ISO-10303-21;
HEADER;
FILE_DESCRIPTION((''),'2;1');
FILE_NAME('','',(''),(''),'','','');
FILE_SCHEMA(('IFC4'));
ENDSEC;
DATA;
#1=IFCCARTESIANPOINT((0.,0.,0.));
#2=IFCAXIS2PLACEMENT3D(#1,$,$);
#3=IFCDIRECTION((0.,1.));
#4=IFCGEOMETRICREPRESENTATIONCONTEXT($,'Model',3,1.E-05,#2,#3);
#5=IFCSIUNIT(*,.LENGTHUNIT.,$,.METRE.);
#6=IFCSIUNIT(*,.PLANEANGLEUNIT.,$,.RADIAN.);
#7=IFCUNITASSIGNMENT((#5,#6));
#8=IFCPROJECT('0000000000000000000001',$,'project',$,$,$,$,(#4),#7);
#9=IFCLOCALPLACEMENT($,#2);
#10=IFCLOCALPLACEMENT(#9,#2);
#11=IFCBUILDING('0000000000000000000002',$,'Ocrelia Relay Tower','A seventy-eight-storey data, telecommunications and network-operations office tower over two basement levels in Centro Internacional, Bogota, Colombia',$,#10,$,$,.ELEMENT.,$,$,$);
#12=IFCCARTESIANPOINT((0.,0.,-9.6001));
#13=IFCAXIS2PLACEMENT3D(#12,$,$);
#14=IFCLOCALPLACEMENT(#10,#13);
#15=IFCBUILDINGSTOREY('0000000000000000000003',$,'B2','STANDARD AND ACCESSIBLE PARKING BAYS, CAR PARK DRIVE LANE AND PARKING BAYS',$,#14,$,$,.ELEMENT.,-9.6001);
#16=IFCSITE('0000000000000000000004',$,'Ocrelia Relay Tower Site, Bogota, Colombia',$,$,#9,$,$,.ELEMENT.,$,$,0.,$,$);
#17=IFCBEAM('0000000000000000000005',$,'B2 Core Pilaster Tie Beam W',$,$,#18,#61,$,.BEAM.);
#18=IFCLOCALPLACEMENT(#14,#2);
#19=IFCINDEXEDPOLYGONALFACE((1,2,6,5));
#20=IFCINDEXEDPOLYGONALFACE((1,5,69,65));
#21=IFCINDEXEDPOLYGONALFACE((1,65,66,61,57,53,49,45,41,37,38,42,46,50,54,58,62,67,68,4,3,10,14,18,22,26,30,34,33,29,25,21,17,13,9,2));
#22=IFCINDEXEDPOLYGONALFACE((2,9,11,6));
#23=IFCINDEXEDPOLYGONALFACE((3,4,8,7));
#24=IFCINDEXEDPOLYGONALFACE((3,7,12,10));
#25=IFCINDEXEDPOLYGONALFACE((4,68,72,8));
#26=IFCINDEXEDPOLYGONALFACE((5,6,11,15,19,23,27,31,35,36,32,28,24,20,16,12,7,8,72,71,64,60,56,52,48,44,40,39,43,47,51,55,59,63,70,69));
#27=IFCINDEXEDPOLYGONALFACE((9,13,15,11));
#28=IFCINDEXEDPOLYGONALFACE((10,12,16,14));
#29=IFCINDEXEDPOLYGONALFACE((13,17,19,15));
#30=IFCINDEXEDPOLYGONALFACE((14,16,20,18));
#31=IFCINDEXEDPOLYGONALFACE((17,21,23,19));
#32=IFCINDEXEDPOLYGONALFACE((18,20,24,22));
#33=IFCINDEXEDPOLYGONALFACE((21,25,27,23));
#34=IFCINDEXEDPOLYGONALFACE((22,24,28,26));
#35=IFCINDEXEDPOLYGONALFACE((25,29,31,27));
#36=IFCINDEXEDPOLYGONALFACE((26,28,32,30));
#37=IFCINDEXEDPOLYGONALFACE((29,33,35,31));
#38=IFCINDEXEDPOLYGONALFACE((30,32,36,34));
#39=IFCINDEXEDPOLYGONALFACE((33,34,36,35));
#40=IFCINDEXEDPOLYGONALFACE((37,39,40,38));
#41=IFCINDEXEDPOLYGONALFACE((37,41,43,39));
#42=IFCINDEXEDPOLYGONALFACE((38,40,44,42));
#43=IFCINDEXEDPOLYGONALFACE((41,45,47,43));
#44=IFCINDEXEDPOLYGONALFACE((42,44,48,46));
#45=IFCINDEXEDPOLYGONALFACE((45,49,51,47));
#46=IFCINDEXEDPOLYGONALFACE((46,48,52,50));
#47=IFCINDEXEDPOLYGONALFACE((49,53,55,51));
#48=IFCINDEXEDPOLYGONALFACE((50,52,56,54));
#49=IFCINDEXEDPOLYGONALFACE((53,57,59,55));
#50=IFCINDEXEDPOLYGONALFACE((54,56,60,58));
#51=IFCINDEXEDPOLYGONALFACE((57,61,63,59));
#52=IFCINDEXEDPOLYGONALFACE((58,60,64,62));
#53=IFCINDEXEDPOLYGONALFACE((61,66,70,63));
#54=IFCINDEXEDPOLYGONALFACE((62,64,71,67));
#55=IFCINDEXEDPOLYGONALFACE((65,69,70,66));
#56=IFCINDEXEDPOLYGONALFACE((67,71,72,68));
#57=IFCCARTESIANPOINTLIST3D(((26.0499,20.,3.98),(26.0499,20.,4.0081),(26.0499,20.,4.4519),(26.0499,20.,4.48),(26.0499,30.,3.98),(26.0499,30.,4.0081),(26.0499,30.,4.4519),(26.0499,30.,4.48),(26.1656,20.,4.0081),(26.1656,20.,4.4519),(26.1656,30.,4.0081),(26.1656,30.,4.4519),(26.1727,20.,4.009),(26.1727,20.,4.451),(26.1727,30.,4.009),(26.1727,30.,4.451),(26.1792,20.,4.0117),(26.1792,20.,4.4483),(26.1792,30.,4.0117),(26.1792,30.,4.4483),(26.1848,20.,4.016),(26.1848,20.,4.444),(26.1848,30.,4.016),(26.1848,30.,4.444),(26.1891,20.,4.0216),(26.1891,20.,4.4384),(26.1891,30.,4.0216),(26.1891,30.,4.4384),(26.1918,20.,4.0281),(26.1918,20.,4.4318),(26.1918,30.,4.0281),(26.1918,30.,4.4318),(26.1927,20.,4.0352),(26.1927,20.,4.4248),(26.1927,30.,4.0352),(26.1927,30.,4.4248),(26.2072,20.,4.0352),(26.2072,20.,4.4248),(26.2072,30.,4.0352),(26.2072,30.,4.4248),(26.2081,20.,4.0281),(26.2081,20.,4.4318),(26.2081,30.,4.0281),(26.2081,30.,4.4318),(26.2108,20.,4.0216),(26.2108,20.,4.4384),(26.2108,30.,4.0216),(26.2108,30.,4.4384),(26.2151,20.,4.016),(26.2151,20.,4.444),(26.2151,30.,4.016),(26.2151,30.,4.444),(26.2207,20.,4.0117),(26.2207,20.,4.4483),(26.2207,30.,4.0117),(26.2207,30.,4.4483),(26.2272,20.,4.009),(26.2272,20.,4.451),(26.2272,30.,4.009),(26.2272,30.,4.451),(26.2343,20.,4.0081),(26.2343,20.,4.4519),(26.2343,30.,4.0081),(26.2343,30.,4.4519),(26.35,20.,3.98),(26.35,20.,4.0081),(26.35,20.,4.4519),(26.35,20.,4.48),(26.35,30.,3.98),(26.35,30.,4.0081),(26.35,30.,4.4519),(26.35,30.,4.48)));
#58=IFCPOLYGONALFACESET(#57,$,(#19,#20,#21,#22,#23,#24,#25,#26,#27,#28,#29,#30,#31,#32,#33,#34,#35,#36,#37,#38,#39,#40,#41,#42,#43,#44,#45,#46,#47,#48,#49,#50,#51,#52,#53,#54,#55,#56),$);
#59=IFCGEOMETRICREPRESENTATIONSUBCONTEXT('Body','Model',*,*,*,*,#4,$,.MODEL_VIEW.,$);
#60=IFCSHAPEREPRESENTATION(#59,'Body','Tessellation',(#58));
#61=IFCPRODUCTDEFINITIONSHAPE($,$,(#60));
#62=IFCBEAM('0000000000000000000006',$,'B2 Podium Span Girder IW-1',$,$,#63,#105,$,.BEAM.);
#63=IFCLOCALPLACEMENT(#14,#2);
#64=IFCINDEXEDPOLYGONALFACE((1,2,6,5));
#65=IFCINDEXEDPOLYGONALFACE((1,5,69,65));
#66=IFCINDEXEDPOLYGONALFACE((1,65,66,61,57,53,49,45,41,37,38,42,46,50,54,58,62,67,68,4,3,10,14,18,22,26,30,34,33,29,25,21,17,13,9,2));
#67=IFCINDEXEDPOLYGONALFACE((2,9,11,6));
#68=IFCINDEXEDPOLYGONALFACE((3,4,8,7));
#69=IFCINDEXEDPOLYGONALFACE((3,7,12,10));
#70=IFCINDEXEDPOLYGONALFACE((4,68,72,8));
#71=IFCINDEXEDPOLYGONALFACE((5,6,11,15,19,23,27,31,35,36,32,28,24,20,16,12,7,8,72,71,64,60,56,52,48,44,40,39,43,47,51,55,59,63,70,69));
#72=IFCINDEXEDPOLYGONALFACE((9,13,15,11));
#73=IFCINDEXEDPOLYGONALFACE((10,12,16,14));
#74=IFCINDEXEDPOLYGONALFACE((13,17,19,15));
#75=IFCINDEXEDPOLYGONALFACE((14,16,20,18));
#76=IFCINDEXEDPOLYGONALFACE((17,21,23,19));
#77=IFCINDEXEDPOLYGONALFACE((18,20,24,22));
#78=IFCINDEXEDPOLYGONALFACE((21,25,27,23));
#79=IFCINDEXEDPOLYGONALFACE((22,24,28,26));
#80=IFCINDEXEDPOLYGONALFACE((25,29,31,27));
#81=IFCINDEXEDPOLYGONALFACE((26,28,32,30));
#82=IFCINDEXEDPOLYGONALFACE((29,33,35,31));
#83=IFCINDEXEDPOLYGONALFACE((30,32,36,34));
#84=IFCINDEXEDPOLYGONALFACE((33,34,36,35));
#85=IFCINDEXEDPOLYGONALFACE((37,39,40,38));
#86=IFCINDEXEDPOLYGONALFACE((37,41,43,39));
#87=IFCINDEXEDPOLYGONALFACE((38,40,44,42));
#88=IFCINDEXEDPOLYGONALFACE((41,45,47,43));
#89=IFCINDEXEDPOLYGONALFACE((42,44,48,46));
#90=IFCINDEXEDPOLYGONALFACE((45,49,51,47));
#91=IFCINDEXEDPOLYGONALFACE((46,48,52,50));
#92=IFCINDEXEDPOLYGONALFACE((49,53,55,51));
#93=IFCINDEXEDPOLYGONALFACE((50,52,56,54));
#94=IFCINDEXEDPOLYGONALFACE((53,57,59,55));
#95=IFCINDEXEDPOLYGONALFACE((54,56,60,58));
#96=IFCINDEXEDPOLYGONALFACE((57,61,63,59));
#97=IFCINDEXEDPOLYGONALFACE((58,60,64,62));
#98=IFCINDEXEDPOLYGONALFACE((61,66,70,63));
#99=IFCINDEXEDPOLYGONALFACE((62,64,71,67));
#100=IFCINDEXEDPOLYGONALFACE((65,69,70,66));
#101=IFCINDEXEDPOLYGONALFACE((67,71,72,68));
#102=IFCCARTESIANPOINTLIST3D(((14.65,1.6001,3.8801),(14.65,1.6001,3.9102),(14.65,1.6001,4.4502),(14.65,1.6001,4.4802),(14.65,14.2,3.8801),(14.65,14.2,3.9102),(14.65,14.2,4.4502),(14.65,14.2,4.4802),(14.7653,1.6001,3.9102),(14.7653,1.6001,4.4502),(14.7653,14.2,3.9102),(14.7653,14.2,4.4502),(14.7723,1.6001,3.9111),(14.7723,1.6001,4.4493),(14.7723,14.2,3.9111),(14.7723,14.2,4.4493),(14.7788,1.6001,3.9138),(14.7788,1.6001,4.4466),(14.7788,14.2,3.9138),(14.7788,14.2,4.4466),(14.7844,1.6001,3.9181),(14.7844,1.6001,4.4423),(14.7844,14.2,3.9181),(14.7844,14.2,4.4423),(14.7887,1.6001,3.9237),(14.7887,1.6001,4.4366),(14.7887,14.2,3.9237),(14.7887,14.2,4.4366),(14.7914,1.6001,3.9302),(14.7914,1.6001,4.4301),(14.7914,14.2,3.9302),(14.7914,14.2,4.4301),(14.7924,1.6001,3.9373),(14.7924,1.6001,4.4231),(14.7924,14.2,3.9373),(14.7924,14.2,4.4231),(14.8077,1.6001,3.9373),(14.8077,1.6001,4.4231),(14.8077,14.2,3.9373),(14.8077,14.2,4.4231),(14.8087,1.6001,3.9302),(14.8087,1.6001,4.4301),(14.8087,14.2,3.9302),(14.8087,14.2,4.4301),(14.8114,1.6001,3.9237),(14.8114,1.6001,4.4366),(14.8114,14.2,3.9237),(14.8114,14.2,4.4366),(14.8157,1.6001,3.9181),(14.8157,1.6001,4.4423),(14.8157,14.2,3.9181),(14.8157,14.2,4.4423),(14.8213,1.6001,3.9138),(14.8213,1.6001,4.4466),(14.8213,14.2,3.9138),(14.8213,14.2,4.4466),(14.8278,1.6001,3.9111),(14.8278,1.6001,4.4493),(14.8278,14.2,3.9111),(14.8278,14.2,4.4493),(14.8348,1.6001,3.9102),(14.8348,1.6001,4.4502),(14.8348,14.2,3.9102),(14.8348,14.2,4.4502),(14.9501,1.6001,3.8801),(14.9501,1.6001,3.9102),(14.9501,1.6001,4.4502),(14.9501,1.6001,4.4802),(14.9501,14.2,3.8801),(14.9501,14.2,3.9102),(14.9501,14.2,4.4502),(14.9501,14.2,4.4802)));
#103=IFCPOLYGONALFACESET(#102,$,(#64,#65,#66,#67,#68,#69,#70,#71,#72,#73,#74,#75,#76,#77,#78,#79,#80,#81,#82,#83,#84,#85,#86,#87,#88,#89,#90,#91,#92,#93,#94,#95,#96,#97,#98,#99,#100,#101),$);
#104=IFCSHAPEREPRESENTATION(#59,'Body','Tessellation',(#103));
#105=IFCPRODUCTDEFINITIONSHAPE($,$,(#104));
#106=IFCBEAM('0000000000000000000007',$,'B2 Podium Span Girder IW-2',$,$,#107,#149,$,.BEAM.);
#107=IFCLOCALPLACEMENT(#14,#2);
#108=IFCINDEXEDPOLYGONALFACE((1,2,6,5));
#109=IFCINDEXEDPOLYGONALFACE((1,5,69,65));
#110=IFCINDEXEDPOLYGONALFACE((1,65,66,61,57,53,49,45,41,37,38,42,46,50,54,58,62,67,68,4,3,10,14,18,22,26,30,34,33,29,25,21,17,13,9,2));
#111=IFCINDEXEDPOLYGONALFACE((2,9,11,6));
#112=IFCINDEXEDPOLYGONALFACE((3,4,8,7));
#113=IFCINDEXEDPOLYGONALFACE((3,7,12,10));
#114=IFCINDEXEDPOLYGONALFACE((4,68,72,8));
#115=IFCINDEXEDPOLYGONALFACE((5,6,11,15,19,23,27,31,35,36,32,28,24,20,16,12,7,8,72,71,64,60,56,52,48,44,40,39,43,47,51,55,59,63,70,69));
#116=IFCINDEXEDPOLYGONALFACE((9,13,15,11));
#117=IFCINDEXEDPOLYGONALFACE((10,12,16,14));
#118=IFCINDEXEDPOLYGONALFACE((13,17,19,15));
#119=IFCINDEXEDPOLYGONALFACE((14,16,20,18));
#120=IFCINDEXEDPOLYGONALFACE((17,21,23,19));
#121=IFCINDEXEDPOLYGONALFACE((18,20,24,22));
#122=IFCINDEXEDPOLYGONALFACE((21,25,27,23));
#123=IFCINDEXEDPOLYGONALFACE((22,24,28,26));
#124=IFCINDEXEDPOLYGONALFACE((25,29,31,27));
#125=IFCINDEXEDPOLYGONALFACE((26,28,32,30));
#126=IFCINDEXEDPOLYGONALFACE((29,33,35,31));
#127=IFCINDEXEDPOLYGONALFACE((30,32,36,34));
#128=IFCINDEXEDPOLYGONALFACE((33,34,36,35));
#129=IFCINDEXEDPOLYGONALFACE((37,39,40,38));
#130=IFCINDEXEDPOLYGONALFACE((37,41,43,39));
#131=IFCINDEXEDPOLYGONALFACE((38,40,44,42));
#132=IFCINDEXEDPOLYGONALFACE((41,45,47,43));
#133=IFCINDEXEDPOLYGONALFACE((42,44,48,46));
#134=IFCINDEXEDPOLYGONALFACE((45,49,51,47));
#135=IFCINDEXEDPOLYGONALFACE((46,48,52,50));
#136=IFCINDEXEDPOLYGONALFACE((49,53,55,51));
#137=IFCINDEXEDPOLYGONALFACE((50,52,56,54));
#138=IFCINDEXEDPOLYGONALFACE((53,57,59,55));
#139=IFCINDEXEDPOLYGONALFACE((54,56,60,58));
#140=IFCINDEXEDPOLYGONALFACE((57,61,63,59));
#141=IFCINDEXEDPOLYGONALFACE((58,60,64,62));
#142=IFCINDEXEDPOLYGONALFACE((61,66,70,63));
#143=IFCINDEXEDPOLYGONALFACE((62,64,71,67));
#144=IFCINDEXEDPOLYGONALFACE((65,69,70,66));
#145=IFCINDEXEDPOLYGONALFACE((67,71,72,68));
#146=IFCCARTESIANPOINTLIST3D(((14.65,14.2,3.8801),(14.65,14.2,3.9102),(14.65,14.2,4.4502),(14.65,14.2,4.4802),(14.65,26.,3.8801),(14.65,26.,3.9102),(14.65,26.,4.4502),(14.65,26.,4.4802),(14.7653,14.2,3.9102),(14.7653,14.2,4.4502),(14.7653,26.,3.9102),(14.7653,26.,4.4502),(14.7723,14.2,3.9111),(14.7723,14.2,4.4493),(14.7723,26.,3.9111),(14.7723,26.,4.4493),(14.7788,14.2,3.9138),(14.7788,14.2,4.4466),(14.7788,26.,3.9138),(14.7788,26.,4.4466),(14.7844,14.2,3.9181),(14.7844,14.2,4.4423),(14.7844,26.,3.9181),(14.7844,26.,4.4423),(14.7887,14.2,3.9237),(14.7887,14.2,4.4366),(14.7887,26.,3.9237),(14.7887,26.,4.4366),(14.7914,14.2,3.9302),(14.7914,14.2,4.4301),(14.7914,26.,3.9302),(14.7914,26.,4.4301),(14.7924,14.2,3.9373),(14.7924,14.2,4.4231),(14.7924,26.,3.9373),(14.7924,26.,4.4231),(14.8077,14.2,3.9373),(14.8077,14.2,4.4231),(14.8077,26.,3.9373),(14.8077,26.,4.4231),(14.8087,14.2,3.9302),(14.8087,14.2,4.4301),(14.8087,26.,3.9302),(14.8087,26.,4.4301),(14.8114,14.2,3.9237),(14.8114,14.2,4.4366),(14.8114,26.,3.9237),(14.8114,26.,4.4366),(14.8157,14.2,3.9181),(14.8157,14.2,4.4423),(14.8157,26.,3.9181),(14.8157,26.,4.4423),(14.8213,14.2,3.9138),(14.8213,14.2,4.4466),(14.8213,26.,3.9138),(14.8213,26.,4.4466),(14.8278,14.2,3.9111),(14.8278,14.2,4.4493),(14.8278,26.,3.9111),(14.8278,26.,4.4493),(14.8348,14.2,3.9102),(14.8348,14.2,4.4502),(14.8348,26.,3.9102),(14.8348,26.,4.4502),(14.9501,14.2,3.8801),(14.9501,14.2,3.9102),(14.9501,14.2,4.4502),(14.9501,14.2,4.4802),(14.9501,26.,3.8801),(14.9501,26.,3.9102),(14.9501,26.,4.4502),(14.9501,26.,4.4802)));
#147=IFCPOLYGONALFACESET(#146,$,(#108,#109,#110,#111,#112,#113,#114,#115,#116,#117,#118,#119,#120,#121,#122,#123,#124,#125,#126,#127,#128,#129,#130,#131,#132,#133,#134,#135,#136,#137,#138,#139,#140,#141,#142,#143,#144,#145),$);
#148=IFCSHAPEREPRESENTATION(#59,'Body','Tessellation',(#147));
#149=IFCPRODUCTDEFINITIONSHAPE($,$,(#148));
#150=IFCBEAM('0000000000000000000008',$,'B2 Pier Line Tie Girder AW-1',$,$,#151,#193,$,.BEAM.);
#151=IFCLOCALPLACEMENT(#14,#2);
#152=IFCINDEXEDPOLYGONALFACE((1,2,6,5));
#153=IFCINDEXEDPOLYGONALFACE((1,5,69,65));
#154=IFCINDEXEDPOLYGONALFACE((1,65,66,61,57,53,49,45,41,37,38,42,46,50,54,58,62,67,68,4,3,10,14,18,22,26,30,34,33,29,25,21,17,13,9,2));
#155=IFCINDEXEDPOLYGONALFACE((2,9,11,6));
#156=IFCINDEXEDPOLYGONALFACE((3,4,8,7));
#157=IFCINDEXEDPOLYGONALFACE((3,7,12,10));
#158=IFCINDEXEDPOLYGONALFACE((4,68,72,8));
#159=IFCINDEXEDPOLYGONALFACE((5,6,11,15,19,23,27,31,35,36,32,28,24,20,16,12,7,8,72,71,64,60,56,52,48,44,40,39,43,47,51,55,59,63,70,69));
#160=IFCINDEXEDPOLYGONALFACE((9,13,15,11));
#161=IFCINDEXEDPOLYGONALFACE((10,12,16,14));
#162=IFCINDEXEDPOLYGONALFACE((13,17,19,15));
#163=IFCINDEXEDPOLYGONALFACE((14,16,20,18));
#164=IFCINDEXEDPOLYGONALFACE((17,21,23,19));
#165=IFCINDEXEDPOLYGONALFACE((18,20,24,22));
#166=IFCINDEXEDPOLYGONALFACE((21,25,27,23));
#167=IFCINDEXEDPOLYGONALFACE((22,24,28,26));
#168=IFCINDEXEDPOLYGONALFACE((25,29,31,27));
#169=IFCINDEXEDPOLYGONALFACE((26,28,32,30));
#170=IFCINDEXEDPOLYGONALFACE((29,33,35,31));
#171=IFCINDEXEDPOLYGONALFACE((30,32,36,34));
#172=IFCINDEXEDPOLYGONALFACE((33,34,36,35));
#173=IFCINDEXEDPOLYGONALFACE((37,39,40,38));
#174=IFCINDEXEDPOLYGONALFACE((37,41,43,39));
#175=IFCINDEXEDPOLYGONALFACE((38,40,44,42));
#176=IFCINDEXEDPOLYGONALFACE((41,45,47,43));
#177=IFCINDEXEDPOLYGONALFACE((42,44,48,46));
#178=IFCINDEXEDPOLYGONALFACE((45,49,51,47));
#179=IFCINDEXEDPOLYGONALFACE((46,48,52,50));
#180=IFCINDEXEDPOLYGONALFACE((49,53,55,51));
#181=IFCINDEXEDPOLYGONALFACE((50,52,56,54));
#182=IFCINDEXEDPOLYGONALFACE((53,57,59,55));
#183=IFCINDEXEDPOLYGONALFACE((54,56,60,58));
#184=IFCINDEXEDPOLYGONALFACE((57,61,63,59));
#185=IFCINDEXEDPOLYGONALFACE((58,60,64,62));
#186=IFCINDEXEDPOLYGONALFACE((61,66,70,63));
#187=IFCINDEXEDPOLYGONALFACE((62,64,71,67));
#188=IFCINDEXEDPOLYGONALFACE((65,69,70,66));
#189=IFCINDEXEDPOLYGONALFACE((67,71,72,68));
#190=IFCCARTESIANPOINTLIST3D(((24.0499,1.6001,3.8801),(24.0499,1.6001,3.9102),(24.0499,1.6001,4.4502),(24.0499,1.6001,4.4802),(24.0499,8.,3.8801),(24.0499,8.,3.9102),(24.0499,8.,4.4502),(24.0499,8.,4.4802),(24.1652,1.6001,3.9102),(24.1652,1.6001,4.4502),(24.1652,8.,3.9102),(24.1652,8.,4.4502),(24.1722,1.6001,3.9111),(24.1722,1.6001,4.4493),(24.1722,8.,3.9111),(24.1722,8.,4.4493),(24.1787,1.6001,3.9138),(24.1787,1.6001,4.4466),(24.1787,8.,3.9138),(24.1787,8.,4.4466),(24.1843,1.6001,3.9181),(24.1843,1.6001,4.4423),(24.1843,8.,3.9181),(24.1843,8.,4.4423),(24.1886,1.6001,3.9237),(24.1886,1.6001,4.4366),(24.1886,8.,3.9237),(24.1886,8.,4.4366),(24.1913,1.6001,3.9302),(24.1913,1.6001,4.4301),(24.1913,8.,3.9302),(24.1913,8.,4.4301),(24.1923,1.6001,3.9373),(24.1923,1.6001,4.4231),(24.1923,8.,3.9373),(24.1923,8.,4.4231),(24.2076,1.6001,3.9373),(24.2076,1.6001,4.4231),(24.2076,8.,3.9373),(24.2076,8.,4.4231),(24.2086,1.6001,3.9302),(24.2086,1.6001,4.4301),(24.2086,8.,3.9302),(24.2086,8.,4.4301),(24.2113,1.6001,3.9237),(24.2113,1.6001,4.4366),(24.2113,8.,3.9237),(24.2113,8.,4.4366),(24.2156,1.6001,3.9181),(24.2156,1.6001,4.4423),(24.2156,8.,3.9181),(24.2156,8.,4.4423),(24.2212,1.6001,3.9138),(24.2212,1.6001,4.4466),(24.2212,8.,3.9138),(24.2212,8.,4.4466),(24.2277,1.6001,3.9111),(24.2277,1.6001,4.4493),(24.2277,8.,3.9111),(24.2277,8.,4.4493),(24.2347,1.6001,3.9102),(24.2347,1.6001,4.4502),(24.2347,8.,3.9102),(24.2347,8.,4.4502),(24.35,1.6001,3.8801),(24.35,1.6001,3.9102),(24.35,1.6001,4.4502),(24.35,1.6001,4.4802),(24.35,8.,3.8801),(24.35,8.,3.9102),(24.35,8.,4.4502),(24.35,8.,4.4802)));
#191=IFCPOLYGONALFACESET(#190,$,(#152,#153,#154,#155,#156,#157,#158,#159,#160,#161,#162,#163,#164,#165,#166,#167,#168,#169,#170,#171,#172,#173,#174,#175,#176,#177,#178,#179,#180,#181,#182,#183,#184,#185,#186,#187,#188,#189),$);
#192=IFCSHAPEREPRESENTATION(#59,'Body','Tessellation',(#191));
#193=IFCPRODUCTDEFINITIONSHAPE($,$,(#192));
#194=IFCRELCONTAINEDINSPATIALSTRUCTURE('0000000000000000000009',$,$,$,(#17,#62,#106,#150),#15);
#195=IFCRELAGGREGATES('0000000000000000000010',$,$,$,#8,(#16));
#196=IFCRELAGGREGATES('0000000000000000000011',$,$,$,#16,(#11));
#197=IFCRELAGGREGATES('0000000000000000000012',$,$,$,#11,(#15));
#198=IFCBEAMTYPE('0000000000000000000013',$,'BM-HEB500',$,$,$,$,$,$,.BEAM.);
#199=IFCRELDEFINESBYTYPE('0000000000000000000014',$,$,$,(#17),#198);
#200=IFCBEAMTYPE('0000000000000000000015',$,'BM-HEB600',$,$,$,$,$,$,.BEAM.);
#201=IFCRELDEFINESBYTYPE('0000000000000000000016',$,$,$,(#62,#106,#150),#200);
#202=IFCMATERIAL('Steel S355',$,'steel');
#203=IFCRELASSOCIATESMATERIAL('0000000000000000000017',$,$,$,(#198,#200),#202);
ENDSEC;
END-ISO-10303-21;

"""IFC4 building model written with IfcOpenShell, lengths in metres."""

from ifc_helpers import new_model, si_unit, direction, frame, origin, origin_2d, place, context, subcontext, project, spatial, i_section, extrude, material, material_profile, profile_set, type_object, element, save


model = new_model("IFC4")

# Units and contexts
model_context = context("Model", 3, precision=1e-05, world=origin(), true_north=direction((0.0, 1.0)))
body_context = subcontext(model_context, "Body", "Model", "MODEL_VIEW")
ifc_project = project(units=[si_unit("LENGTHUNIT", "METRE"), si_unit("PLANEANGLEUNIT", "RADIAN")], contexts=[model_context])

# Site, building, storey
site_placement = place(None, origin())
site = spatial("IfcSite", under=ifc_project, at=site_placement, Name="Ocrelia Relay Tower Site, Bogota, Colombia", CompositionType="ELEMENT", RefElevation=0.0)
building_placement = place(site_placement, origin())
building = spatial("IfcBuilding", under=site, at=building_placement, Name="Ocrelia Relay Tower", Description="A seventy-eight-storey data, telecommunications and network-operations office tower over two basement levels in Centro Internacional, Bogota, Colombia", CompositionType="ELEMENT")
storey_placement = place(building_placement, frame((0.0, 0.0, -9.6001)))
storey = spatial("IfcBuildingStorey", under=building, at=storey_placement, Name="B2", Description="STANDARD AND ACCESSIBLE PARKING BAYS, CAR PARK DRIVE LANE AND PARKING BAYS", CompositionType="ELEMENT", Elevation=-9.6001)

# Beams
ifc_material_1 = material(Name="Steel S355", Category="steel")
ifc_material_profile_1 = material_profile(ifc_material_1, i_section(OverallWidth=0.3, OverallDepth=0.5, WebThickness=0.0144, FlangeThickness=0.0281, FilletRadius=0.0271, at=origin_2d()), Name="HEB 500")
ifc_profile_set_1 = profile_set([ifc_material_profile_1], Name="Steel S355")
beam_type_1 = type_object("IfcBeamType", Name="BM-HEB500", PredefinedType="BEAM", material=ifc_profile_set_1)
beam_1_placement = place(storey_placement, frame((26.2, 20.0, 4.23), z_axis=(0.0, 1.0, 0.0), x_axis=(-1.0, 0.0, 0.0)))
element("IfcBeam", 1, at=beam_1_placement, inside=storey, type_object=beam_type_1, Name="B2 Core Pilaster Tie Beam W", PredefinedType="BEAM", context=body_context, shape_type="SweptSolid", body=[
    extrude(i_section(OverallWidth=0.3, OverallDepth=0.5, WebThickness=0.0144, FlangeThickness=0.0281, FilletRadius=0.0271, at=origin_2d()), origin(), (0.0, 0.0, 1.0), 10.0),
])
ifc_material_profile_2 = material_profile(ifc_material_1, i_section(OverallWidth=0.3, OverallDepth=0.6001, WebThickness=0.0154, FlangeThickness=0.03, FilletRadius=0.0271, at=origin_2d()), Name="HEB 600")
ifc_profile_set_2 = profile_set([ifc_material_profile_2], Name="Steel S355")
beam_type_2 = type_object("IfcBeamType", Name="BM-HEB600", PredefinedType="BEAM", material=ifc_profile_set_2)
beam_2_placement = place(storey_placement, frame((14.8, 1.6001, 4.1802), z_axis=(0.0, 1.0, 0.0), x_axis=(-1.0, 0.0, 0.0)))
element("IfcBeam", 2, at=beam_2_placement, inside=storey, type_object=beam_type_2, Name="B2 Podium Span Girder IW-1", PredefinedType="BEAM", context=body_context, shape_type="SweptSolid", body=[
    extrude(i_section(OverallWidth=0.3, OverallDepth=0.6001, WebThickness=0.0154, FlangeThickness=0.03, FilletRadius=0.0271, at=origin_2d()), origin(), (0.0, 0.0, 1.0), 12.5999),
])
beam_3_placement = place(storey_placement, frame((14.8, 14.2, 4.1802), z_axis=(0.0, 1.0, 0.0), x_axis=(-1.0, 0.0, 0.0)))
element("IfcBeam", 3, at=beam_3_placement, inside=storey, type_object=beam_type_2, Name="B2 Podium Span Girder IW-2", PredefinedType="BEAM", context=body_context, shape_type="SweptSolid", body=[
    extrude(i_section(OverallWidth=0.3, OverallDepth=0.6001, WebThickness=0.0154, FlangeThickness=0.03, FilletRadius=0.0271, at=origin_2d()), origin(), (0.0, 0.0, 1.0), 11.8),
])
beam_4_placement = place(storey_placement, frame((24.2, 1.6001, 4.1802), z_axis=(0.0, 1.0, 0.0), x_axis=(-1.0, 0.0, 0.0)))
element("IfcBeam", 4, at=beam_4_placement, inside=storey, type_object=beam_type_2, Name="B2 Pier Line Tie Girder AW-1", PredefinedType="BEAM", context=body_context, shape_type="SweptSolid", body=[
    extrude(i_section(OverallWidth=0.3, OverallDepth=0.6001, WebThickness=0.0154, FlangeThickness=0.03, FilletRadius=0.0271, at=origin_2d()), origin(), (0.0, 0.0, 1.0), 6.3999),
])

save(model, "model.ifc")
